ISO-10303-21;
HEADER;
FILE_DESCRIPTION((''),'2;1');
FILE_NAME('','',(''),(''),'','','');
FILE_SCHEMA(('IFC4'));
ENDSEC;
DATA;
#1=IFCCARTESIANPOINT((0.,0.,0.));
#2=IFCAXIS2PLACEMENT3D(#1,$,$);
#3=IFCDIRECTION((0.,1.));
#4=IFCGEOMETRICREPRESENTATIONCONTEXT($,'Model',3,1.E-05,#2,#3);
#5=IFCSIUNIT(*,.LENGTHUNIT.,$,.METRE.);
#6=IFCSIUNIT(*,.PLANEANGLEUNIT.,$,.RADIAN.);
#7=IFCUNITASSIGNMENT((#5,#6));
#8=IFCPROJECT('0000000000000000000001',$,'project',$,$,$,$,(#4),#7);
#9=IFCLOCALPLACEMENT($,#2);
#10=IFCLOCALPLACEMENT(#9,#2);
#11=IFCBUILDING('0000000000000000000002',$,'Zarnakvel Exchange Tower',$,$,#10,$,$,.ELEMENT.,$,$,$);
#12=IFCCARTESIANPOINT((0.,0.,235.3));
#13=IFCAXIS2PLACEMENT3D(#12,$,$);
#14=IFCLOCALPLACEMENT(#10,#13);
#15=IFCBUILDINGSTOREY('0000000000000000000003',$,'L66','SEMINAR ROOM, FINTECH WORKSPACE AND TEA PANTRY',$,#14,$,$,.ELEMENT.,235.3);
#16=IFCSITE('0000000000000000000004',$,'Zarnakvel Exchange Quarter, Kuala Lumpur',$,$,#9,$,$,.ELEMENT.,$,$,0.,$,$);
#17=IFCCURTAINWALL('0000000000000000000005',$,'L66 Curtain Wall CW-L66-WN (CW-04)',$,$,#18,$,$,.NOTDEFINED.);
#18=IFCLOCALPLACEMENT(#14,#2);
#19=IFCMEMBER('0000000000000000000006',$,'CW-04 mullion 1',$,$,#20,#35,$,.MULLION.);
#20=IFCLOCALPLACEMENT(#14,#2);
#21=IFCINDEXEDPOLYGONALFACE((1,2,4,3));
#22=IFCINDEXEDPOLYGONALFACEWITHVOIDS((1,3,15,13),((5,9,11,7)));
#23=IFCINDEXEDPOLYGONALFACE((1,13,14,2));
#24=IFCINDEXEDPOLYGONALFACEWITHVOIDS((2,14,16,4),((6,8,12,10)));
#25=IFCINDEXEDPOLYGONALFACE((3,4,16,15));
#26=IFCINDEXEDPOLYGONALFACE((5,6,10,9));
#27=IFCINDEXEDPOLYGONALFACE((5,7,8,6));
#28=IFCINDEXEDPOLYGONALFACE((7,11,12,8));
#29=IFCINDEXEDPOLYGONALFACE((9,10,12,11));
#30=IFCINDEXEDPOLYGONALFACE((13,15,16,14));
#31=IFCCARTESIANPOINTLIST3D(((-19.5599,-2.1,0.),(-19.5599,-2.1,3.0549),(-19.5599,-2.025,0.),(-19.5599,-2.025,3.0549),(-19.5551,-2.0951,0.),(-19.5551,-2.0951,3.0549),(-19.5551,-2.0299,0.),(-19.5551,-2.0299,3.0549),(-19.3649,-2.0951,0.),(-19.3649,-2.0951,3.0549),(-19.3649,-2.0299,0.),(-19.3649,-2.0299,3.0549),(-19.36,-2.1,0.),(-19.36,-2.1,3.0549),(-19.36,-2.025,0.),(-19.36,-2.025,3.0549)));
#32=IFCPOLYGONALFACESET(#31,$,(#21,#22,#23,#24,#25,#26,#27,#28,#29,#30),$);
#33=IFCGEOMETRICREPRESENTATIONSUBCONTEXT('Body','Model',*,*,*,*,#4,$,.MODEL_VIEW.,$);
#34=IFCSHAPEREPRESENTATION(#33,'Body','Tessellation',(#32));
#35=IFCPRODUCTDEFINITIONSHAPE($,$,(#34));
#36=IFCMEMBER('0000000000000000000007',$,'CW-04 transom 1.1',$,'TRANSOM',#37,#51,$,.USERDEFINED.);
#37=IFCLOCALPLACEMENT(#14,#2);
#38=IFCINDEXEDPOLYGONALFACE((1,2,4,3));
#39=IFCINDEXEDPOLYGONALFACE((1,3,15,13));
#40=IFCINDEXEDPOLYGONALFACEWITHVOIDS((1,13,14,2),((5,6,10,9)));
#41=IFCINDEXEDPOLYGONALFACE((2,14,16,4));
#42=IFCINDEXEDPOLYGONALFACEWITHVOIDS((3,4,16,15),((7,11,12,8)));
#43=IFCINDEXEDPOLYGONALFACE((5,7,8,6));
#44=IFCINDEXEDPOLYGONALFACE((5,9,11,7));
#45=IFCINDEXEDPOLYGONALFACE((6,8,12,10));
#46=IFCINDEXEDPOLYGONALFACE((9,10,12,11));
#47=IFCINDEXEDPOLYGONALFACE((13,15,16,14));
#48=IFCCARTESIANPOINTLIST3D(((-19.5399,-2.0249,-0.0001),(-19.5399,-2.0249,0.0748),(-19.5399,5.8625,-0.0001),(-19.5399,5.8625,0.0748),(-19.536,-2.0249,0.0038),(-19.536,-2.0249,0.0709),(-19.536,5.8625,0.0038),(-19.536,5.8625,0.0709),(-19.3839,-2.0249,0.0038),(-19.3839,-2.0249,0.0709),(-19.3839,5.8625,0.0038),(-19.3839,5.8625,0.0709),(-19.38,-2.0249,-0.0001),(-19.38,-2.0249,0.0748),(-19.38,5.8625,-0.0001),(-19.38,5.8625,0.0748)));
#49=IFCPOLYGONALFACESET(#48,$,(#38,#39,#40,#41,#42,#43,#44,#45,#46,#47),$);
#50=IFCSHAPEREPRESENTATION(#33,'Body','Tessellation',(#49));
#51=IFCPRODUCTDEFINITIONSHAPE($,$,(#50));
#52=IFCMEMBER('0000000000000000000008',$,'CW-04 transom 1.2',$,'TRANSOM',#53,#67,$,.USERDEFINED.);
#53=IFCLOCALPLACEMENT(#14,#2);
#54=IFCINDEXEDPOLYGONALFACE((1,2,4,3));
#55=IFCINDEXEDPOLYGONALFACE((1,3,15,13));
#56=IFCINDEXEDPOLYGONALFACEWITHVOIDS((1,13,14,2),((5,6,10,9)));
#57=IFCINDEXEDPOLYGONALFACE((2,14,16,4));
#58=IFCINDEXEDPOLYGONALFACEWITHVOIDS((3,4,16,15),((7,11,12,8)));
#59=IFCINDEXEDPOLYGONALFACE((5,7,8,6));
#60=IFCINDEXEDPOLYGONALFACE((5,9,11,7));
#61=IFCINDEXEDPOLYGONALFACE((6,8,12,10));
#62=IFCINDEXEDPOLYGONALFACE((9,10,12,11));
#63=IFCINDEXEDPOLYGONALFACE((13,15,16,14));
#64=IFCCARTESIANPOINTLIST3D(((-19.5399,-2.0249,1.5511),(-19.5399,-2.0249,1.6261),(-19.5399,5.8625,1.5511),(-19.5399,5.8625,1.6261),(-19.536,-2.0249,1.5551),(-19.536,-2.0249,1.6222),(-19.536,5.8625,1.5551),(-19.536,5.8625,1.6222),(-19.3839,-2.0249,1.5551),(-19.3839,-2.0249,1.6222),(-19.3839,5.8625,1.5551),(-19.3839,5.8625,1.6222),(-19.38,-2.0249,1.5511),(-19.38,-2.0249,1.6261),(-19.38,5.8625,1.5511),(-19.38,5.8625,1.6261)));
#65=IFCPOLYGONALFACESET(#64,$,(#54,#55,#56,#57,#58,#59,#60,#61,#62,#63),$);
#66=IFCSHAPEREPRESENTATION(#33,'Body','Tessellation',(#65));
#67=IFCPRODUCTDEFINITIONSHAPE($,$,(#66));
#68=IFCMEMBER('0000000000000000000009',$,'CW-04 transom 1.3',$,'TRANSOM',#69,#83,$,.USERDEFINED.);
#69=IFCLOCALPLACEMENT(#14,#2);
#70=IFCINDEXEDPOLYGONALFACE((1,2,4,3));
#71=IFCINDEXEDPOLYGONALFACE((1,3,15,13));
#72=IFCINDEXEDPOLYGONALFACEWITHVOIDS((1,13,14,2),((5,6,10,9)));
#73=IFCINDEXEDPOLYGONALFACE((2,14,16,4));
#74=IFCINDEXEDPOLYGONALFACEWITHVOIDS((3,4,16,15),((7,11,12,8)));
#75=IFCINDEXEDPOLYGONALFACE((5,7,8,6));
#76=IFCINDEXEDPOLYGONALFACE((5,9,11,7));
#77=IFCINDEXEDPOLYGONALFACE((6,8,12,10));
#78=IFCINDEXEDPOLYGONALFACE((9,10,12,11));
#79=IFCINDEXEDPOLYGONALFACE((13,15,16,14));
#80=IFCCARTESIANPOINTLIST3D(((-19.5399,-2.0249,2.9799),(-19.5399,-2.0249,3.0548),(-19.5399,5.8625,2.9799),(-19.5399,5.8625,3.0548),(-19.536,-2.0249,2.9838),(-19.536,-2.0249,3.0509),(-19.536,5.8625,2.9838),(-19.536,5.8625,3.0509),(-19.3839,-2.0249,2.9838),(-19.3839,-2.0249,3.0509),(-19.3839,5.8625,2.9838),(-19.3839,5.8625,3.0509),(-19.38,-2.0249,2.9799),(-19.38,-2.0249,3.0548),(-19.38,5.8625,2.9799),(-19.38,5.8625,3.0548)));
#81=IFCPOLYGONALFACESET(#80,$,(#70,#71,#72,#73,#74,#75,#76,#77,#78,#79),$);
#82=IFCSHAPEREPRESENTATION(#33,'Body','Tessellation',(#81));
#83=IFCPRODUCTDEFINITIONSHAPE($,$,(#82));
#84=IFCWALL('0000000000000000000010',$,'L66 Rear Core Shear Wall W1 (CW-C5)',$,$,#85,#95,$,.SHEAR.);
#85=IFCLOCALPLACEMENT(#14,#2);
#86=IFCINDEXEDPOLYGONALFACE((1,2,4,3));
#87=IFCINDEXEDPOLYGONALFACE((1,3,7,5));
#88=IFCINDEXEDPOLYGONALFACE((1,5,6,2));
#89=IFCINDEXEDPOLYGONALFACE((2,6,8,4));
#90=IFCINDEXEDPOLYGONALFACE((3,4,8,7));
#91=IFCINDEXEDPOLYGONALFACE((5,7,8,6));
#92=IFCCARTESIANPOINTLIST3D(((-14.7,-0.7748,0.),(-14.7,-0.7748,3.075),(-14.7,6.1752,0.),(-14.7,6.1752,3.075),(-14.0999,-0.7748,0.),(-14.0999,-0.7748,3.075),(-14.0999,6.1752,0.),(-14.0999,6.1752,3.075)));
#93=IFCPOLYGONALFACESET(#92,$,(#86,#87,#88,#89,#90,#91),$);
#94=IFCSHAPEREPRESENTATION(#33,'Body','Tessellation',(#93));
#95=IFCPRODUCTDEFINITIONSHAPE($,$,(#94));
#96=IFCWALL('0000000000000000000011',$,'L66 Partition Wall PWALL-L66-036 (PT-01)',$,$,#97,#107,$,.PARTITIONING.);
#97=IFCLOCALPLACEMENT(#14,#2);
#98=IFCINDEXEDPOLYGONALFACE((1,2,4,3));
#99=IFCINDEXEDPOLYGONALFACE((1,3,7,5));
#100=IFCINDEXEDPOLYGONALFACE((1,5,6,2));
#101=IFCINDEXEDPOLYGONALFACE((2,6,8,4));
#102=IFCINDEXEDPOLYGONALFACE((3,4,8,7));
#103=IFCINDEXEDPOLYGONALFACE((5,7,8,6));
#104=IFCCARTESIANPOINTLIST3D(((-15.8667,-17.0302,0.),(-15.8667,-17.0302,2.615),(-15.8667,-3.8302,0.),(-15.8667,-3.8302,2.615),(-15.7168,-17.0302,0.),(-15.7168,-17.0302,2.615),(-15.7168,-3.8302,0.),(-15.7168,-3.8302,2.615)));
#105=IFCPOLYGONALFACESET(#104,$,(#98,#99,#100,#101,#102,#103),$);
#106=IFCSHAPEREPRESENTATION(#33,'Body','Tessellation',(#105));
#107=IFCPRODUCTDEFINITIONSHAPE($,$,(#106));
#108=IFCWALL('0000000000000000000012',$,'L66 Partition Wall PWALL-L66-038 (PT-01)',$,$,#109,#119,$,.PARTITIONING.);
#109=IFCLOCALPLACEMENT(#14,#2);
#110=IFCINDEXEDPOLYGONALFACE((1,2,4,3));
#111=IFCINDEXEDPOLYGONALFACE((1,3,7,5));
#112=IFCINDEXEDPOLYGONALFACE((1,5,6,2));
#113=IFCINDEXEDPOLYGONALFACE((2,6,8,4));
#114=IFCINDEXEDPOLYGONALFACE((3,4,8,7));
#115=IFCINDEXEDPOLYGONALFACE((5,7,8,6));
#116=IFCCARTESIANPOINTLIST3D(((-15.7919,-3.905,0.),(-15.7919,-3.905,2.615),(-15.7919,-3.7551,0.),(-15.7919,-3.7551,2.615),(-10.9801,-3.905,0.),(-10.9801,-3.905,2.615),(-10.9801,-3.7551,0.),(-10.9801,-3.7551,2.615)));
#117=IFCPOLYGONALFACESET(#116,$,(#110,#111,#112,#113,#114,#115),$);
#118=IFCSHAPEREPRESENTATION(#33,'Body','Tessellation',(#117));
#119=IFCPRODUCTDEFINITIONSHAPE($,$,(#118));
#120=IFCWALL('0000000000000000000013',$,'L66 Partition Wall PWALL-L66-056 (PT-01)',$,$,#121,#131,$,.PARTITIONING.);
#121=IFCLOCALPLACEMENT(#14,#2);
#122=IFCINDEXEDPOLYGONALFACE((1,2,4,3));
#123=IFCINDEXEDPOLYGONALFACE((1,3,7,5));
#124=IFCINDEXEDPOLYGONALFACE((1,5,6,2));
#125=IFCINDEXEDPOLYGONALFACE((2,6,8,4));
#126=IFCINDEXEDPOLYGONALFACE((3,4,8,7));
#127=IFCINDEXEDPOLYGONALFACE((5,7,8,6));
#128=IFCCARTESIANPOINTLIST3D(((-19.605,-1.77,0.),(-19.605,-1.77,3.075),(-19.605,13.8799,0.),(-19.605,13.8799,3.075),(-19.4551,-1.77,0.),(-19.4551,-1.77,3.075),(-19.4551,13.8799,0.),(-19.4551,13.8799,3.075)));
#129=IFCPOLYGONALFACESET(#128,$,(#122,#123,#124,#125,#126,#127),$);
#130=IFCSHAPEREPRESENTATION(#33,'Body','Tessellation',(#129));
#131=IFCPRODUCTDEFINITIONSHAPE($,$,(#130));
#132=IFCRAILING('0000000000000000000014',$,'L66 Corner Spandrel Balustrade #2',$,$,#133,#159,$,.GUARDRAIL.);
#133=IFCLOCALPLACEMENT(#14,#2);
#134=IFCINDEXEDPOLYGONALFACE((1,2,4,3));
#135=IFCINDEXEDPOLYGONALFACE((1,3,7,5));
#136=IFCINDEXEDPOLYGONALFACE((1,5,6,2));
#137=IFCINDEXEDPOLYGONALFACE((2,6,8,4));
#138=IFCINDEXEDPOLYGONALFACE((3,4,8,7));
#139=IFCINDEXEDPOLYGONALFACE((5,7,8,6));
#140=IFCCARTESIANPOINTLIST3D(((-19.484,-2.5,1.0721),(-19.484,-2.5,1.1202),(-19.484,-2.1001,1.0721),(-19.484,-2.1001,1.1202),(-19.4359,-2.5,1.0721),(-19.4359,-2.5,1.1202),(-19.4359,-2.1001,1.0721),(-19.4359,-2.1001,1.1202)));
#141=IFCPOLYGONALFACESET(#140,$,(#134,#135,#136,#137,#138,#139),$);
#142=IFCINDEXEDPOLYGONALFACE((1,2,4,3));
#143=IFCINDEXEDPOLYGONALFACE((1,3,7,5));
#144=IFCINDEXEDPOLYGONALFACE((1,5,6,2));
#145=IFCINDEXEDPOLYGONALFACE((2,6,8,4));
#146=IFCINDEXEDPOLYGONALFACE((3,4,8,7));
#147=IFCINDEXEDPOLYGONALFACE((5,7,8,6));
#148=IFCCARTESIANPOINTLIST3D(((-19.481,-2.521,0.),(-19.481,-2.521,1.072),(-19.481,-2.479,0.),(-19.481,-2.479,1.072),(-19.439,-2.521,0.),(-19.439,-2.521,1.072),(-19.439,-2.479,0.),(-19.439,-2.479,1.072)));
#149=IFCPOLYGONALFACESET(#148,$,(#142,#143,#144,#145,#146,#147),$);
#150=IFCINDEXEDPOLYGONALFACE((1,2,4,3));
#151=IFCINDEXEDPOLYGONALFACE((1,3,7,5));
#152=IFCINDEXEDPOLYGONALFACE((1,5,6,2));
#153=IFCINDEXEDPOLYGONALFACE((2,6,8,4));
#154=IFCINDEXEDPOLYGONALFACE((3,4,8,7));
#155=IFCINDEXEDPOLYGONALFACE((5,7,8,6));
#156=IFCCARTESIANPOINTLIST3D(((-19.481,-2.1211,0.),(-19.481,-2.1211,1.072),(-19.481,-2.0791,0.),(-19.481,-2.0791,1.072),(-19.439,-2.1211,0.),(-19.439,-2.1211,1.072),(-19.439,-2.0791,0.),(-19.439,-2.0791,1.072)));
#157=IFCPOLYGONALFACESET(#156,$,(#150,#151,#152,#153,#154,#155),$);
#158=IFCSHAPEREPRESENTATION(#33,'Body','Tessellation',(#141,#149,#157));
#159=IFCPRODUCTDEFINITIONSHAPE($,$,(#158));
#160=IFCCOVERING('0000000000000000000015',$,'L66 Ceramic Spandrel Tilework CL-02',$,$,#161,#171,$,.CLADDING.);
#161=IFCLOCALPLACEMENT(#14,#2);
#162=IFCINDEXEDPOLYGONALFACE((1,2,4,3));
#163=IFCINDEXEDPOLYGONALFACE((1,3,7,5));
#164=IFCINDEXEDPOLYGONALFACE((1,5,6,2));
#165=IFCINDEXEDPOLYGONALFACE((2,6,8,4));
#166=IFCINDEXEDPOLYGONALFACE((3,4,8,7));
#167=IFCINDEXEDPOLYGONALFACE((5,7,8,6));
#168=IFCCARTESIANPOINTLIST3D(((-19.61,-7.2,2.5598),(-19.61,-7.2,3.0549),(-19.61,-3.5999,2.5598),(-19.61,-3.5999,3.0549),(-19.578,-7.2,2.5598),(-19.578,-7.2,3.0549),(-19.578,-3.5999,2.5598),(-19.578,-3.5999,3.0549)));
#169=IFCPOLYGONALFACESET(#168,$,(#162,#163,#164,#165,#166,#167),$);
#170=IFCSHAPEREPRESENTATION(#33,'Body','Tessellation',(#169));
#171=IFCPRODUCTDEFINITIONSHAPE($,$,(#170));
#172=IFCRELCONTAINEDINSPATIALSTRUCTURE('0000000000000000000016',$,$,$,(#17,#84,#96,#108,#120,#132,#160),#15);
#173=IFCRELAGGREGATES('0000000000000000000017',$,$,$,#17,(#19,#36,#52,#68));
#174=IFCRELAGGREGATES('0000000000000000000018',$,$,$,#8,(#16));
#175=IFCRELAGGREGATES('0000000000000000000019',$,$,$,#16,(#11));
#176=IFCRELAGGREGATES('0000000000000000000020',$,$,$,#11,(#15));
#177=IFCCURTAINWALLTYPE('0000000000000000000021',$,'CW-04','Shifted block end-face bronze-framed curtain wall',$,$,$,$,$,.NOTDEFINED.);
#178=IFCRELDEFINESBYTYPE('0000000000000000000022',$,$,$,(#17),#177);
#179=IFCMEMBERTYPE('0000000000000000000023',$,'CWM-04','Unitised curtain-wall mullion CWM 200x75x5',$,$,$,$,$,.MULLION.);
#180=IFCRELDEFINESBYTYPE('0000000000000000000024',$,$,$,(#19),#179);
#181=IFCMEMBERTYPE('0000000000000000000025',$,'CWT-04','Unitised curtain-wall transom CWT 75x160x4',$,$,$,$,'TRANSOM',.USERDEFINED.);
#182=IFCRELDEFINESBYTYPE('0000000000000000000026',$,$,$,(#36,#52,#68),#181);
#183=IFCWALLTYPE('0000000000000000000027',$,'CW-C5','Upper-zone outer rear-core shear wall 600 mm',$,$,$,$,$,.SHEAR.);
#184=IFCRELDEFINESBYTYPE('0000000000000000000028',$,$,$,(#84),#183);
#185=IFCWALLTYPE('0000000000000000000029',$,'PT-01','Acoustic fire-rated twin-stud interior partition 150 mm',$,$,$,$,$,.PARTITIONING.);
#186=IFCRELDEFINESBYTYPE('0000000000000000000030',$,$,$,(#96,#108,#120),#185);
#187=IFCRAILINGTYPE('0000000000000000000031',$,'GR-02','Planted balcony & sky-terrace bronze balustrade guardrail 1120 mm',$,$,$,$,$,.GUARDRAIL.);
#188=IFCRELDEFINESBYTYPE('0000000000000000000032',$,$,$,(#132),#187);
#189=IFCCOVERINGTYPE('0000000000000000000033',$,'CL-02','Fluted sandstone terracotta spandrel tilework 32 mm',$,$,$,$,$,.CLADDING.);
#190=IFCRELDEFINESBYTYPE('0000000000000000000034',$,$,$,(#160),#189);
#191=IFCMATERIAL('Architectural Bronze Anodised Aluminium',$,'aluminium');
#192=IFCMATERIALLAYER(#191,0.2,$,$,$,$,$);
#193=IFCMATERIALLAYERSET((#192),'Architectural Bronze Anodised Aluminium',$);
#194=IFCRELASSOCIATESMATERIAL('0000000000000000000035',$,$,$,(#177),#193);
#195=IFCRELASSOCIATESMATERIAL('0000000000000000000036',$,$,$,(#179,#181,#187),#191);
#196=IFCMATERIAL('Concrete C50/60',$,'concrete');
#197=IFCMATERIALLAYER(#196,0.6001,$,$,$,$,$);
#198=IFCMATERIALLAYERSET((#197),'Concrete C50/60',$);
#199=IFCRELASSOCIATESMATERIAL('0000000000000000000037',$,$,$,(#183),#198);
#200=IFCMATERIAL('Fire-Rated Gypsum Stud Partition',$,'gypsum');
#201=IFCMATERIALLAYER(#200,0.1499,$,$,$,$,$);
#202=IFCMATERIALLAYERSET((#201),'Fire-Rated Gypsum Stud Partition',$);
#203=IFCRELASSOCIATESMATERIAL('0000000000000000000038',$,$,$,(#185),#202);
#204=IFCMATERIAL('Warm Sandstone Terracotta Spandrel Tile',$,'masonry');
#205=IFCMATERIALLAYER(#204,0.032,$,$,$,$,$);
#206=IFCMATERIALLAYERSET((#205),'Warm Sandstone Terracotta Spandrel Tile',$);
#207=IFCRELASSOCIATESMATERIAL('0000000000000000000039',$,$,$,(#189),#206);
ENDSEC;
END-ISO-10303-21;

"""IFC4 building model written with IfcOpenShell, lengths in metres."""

from ifc_helpers import new_model, si_unit, direction, frame, frame_2d, origin, origin_2d, place, context, subcontext, project, spatial, rectangle, hollow_rectangle, extrude, source, transform, mapped, material, layer, layer_set, material_profile, profile_set, type_object, element, aggregate, save


model = new_model("IFC4")

# Units and contexts
model_context = context("Model", 3, precision=1e-05, world=origin(), true_north=direction((0.0, 1.0)))
body_context = subcontext(model_context, "Body", "Model", "MODEL_VIEW")
ifc_project = project(units=[si_unit("LENGTHUNIT", "METRE"), si_unit("PLANEANGLEUNIT", "RADIAN")], contexts=[model_context])

# Site, building, storey
site_placement = place(None, origin())
site = spatial("IfcSite", under=ifc_project, at=site_placement, Name="Zarnakvel Exchange Quarter, Kuala Lumpur", CompositionType="ELEMENT", RefElevation=0.0)
building_placement = place(site_placement, origin())
building = spatial("IfcBuilding", under=site, at=building_placement, Name="Zarnakvel Exchange Tower", CompositionType="ELEMENT")
storey_placement = place(building_placement, frame((0.0, 0.0, 235.3)))
storey = spatial("IfcBuildingStorey", under=building, at=storey_placement, Name="L66", Description="SEMINAR ROOM, FINTECH WORKSPACE AND TEA PANTRY", CompositionType="ELEMENT", Elevation=235.3)

# Shared definitions
ifc_material_1 = material(Name="Concrete C50/60", Category="concrete")

# Curtain wall, members
ifc_material_2 = material(Name="Architectural Bronze Anodised Aluminium", Category="aluminium")
ifc_layer_1 = layer(ifc_material_2, 0.2)
ifc_layer_set_1 = layer_set([ifc_layer_1], Name="Architectural Bronze Anodised Aluminium")
curtain_wall_type = type_object("IfcCurtainWallType", Name="CW-04", Description="Shifted block end-face bronze-framed curtain wall", PredefinedType="NOTDEFINED", material=ifc_layer_set_1)
curtain_wall_placement = place(storey_placement, origin())
curtain_wall = element("IfcCurtainWall", 1, at=curtain_wall_placement, inside=storey, type_object=curtain_wall_type, Name="L66 Curtain Wall CW-L66-WN (CW-04)", PredefinedType="NOTDEFINED")
ifc_material_profile_1 = material_profile(ifc_material_2, hollow_rectangle(XDim=0.2, YDim=0.075, WallThickness=0.0049, at=origin_2d()))
ifc_profile_set_1 = profile_set([ifc_material_profile_1], Name="Architectural Bronze Anodised Aluminium")
member_type_1 = type_object("IfcMemberType", Name="CWM-04", Description="Unitised curtain-wall mullion CWM 200x75x5", PredefinedType="MULLION", material=ifc_profile_set_1)
shared_shape_1 = source(origin(), body_context, "Body", "SweptSolid", [
    extrude(hollow_rectangle(XDim=0.2, YDim=0.075, WallThickness=0.0049, at=origin_2d()), origin(), (0.0, 0.0, 1.0), 3.0549),
])
member_1_placement = place(storey_placement, frame((-19.46, -2.0625, 0.0), z_axis=(0.0, 0.0, 1.0), x_axis=(-1.0, 0.0, 0.0)))
member_1 = element("IfcMember", 2, at=member_1_placement, type_object=member_type_1, Name="CW-04 mullion 1", PredefinedType="MULLION", context=body_context, shape_type="MappedRepresentation", body=[
    mapped(shared_shape_1, transform((0.0, 0.0, 0.0), x_axis=(1.0, 0.0, 0.0), y_axis=(0.0, 1.0, 0.0), z_axis=(0.0, 0.0, 1.0), scale=1.0)),
])
ifc_material_profile_2 = material_profile(ifc_material_2, hollow_rectangle(XDim=0.1599, YDim=0.075, WallThickness=0.0039, at=origin_2d()))
ifc_profile_set_2 = profile_set([ifc_material_profile_2], Name="Architectural Bronze Anodised Aluminium")
member_type_2 = type_object("IfcMemberType", Name="CWT-04", Description="Unitised curtain-wall transom CWT 75x160x4", ElementType="TRANSOM", PredefinedType="USERDEFINED", material=ifc_profile_set_2)
shared_shape_2 = source(origin(), body_context, "Body", "SweptSolid", [
    extrude(hollow_rectangle(XDim=0.1599, YDim=0.075, WallThickness=0.0039, at=origin_2d()), origin(), (0.0, 0.0, 1.0), 7.8875),
])
member_2_placement = place(storey_placement, frame((-19.46, -2.0249, 0.0374), z_axis=(0.0, 1.0, 0.0), x_axis=(-1.0, 0.0, 0.0)))
member_2 = element("IfcMember", 3, at=member_2_placement, type_object=member_type_2, Name="CW-04 transom 1.1", ObjectType="TRANSOM", PredefinedType="USERDEFINED", context=body_context, shape_type="MappedRepresentation", body=[
    mapped(shared_shape_2, transform((0.0, 0.0, 0.0), x_axis=(1.0, 0.0, 0.0), y_axis=(0.0, 1.0, 0.0), z_axis=(0.0, 0.0, 1.0), scale=1.0)),
])
member_3_placement = place(storey_placement, frame((-19.46, -2.0249, 1.5886), z_axis=(0.0, 1.0, 0.0), x_axis=(-1.0, 0.0, 0.0)))
member_3 = element("IfcMember", 4, at=member_3_placement, type_object=member_type_2, Name="CW-04 transom 1.2", ObjectType="TRANSOM", PredefinedType="USERDEFINED", context=body_context, shape_type="MappedRepresentation", body=[
    mapped(shared_shape_2, transform((0.0, 0.0, 0.0), x_axis=(1.0, 0.0, 0.0), y_axis=(0.0, 1.0, 0.0), z_axis=(0.0, 0.0, 1.0), scale=1.0)),
])
member_4_placement = place(storey_placement, frame((-19.46, -2.0249, 3.0173), z_axis=(0.0, 1.0, 0.0), x_axis=(-1.0, 0.0, 0.0)))
member_4 = element("IfcMember", 5, at=member_4_placement, type_object=member_type_2, Name="CW-04 transom 1.3", ObjectType="TRANSOM", PredefinedType="USERDEFINED", context=body_context, shape_type="MappedRepresentation", body=[
    mapped(shared_shape_2, transform((0.0, 0.0, 0.0), x_axis=(1.0, 0.0, 0.0), y_axis=(0.0, 1.0, 0.0), z_axis=(0.0, 0.0, 1.0), scale=1.0)),
])
aggregate(curtain_wall, [member_1, member_2, member_3, member_4])

# Wall
ifc_layer_2 = layer(ifc_material_1, 0.6001)
ifc_layer_set_2 = layer_set([ifc_layer_2], Name="Concrete C50/60")
wall_type_1 = type_object("IfcWallType", Name="CW-C5", Description="Upper-zone outer rear-core shear wall 600 mm", PredefinedType="SHEAR", material=ifc_layer_set_2)
wall_1_placement = place(storey_placement, frame((-14.3999, -0.7749, 0.0), z_axis=(0.0, 0.0, 1.0), x_axis=(0.0, 1.0, 0.0)))
element("IfcWall", 6, at=wall_1_placement, inside=storey, type_object=wall_type_1, Name="L66 Rear Core Shear Wall W1 (CW-C5)", PredefinedType="SHEAR", context=body_context, shape_type="SweptSolid", body=[
    extrude(rectangle(XDim=6.95, YDim=0.6001, at=frame_2d((3.4751, 0.0))), origin(), (0.0, 0.0, 1.0), 3.075),
])

# Shared definitions
ifc_material_3 = material(Name="Fire-Rated Gypsum Stud Partition", Category="gypsum")
ifc_layer_3 = layer(ifc_material_3, 0.1499)
ifc_layer_set_3 = layer_set([ifc_layer_3], Name="Fire-Rated Gypsum Stud Partition")
wall_type_2 = type_object("IfcWallType", Name="PT-01", Description="Acoustic fire-rated twin-stud interior partition 150 mm", PredefinedType="PARTITIONING", material=ifc_layer_set_3)

# Walls
wall_2_placement = place(storey_placement, frame((-15.7917, -3.8301, 0.0), z_axis=(0.0, 0.0, 1.0), x_axis=(0.0, -1.0, 0.0)))
element("IfcWall", 7, at=wall_2_placement, inside=storey, type_object=wall_type_2, Name="L66 Partition Wall PWALL-L66-036 (PT-01)", PredefinedType="PARTITIONING", context=body_context, shape_type="SweptSolid", body=[
    extrude(rectangle(XDim=13.2, YDim=0.1499, at=frame_2d((6.6001, 0.0))), origin(), (0.0, 0.0, 1.0), 2.615),
])
wall_3_placement = place(storey_placement, frame((-15.7917, -3.8301, 0.0), z_axis=(0.0, 0.0, 1.0), x_axis=(1.0, 0.0, 0.0)))
element("IfcWall", 8, at=wall_3_placement, inside=storey, type_object=wall_type_2, Name="L66 Partition Wall PWALL-L66-038 (PT-01)", PredefinedType="PARTITIONING", context=body_context, shape_type="SweptSolid", body=[
    extrude(rectangle(XDim=4.8118, YDim=0.1499, at=frame_2d((2.4058, 0.0))), origin(), (0.0, 0.0, 1.0), 2.615),
])

# Wall
wall_4_placement = place(storey_placement, frame((-19.53, -1.77, 0.0), z_axis=(0.0, 0.0, 1.0), x_axis=(0.0, 1.0, 0.0)))
element("IfcWall", 9, at=wall_4_placement, inside=storey, type_object=wall_type_2, Name="L66 Partition Wall PWALL-L66-056 (PT-01)", PredefinedType="PARTITIONING", context=body_context, shape_type="SweptSolid", body=[
    extrude(rectangle(XDim=15.6499, YDim=0.1499, at=frame_2d((7.825, 0.0))), origin(), (0.0, 0.0, 1.0), 3.075),
])

# Railing
railing_type = type_object("IfcRailingType", Name="GR-02", Description="Planted balcony & sky-terrace bronze balustrade guardrail 1120 mm", PredefinedType="GUARDRAIL", material=ifc_material_2)
railing_placement = place(storey_placement, frame((-19.46, -2.5, 0.0)))
element("IfcRailing", 10, at=railing_placement, inside=storey, type_object=railing_type, Name="L66 Corner Spandrel Balustrade #2", PredefinedType="GUARDRAIL", context=body_context, shape_type="SweptSolid", body=[
    extrude(rectangle(XDim=0.0481, YDim=0.0481, at=origin_2d()), frame((0.0, 0.0, 1.0962), z_axis=(0.0, 1.0, 0.0), x_axis=(-1.0, 0.0, 0.0)), (0.0, 0.0, 1.0), 0.3999),
    extrude(rectangle(XDim=0.042, YDim=0.042, at=origin_2d()), origin(), (0.0, 0.0, 1.0), 1.072),
    extrude(rectangle(XDim=0.042, YDim=0.042, at=origin_2d()), frame((0.0, 0.3999, 0.0)), (0.0, 0.0, 1.0), 1.072),
])

# Covering
ifc_material_4 = material(Name="Warm Sandstone Terracotta Spandrel Tile", Category="masonry")
ifc_layer_4 = layer(ifc_material_4, 0.032)
ifc_layer_set_4 = layer_set([ifc_layer_4], Name="Warm Sandstone Terracotta Spandrel Tile")
covering_type = type_object("IfcCoveringType", Name="CL-02", Description="Fluted sandstone terracotta spandrel tilework 32 mm", PredefinedType="CLADDING", material=ifc_layer_set_4)
shared_shape_3 = source(origin(), body_context, "Body", "SweptSolid", [
    extrude(rectangle(XDim=3.6001, YDim=0.032, at=origin_2d()), origin(), (0.0, 0.0, 1.0), 0.4951),
])
covering_placement = place(storey_placement, frame((-19.594, -5.3999, 2.5598), z_axis=(0.0, 0.0, 1.0), x_axis=(0.0, 1.0, 0.0)))
element("IfcCovering", 11, at=covering_placement, inside=storey, type_object=covering_type, Name="L66 Ceramic Spandrel Tilework CL-02", PredefinedType="CLADDING", context=body_context, shape_type="MappedRepresentation", body=[
    mapped(shared_shape_3, transform((0.0, 0.0, 0.0), x_axis=(1.0, 0.0, 0.0), y_axis=(0.0, 1.0, 0.0), z_axis=(0.0, 0.0, 1.0), scale=1.0)),
])

save(model, "model.ifc")
